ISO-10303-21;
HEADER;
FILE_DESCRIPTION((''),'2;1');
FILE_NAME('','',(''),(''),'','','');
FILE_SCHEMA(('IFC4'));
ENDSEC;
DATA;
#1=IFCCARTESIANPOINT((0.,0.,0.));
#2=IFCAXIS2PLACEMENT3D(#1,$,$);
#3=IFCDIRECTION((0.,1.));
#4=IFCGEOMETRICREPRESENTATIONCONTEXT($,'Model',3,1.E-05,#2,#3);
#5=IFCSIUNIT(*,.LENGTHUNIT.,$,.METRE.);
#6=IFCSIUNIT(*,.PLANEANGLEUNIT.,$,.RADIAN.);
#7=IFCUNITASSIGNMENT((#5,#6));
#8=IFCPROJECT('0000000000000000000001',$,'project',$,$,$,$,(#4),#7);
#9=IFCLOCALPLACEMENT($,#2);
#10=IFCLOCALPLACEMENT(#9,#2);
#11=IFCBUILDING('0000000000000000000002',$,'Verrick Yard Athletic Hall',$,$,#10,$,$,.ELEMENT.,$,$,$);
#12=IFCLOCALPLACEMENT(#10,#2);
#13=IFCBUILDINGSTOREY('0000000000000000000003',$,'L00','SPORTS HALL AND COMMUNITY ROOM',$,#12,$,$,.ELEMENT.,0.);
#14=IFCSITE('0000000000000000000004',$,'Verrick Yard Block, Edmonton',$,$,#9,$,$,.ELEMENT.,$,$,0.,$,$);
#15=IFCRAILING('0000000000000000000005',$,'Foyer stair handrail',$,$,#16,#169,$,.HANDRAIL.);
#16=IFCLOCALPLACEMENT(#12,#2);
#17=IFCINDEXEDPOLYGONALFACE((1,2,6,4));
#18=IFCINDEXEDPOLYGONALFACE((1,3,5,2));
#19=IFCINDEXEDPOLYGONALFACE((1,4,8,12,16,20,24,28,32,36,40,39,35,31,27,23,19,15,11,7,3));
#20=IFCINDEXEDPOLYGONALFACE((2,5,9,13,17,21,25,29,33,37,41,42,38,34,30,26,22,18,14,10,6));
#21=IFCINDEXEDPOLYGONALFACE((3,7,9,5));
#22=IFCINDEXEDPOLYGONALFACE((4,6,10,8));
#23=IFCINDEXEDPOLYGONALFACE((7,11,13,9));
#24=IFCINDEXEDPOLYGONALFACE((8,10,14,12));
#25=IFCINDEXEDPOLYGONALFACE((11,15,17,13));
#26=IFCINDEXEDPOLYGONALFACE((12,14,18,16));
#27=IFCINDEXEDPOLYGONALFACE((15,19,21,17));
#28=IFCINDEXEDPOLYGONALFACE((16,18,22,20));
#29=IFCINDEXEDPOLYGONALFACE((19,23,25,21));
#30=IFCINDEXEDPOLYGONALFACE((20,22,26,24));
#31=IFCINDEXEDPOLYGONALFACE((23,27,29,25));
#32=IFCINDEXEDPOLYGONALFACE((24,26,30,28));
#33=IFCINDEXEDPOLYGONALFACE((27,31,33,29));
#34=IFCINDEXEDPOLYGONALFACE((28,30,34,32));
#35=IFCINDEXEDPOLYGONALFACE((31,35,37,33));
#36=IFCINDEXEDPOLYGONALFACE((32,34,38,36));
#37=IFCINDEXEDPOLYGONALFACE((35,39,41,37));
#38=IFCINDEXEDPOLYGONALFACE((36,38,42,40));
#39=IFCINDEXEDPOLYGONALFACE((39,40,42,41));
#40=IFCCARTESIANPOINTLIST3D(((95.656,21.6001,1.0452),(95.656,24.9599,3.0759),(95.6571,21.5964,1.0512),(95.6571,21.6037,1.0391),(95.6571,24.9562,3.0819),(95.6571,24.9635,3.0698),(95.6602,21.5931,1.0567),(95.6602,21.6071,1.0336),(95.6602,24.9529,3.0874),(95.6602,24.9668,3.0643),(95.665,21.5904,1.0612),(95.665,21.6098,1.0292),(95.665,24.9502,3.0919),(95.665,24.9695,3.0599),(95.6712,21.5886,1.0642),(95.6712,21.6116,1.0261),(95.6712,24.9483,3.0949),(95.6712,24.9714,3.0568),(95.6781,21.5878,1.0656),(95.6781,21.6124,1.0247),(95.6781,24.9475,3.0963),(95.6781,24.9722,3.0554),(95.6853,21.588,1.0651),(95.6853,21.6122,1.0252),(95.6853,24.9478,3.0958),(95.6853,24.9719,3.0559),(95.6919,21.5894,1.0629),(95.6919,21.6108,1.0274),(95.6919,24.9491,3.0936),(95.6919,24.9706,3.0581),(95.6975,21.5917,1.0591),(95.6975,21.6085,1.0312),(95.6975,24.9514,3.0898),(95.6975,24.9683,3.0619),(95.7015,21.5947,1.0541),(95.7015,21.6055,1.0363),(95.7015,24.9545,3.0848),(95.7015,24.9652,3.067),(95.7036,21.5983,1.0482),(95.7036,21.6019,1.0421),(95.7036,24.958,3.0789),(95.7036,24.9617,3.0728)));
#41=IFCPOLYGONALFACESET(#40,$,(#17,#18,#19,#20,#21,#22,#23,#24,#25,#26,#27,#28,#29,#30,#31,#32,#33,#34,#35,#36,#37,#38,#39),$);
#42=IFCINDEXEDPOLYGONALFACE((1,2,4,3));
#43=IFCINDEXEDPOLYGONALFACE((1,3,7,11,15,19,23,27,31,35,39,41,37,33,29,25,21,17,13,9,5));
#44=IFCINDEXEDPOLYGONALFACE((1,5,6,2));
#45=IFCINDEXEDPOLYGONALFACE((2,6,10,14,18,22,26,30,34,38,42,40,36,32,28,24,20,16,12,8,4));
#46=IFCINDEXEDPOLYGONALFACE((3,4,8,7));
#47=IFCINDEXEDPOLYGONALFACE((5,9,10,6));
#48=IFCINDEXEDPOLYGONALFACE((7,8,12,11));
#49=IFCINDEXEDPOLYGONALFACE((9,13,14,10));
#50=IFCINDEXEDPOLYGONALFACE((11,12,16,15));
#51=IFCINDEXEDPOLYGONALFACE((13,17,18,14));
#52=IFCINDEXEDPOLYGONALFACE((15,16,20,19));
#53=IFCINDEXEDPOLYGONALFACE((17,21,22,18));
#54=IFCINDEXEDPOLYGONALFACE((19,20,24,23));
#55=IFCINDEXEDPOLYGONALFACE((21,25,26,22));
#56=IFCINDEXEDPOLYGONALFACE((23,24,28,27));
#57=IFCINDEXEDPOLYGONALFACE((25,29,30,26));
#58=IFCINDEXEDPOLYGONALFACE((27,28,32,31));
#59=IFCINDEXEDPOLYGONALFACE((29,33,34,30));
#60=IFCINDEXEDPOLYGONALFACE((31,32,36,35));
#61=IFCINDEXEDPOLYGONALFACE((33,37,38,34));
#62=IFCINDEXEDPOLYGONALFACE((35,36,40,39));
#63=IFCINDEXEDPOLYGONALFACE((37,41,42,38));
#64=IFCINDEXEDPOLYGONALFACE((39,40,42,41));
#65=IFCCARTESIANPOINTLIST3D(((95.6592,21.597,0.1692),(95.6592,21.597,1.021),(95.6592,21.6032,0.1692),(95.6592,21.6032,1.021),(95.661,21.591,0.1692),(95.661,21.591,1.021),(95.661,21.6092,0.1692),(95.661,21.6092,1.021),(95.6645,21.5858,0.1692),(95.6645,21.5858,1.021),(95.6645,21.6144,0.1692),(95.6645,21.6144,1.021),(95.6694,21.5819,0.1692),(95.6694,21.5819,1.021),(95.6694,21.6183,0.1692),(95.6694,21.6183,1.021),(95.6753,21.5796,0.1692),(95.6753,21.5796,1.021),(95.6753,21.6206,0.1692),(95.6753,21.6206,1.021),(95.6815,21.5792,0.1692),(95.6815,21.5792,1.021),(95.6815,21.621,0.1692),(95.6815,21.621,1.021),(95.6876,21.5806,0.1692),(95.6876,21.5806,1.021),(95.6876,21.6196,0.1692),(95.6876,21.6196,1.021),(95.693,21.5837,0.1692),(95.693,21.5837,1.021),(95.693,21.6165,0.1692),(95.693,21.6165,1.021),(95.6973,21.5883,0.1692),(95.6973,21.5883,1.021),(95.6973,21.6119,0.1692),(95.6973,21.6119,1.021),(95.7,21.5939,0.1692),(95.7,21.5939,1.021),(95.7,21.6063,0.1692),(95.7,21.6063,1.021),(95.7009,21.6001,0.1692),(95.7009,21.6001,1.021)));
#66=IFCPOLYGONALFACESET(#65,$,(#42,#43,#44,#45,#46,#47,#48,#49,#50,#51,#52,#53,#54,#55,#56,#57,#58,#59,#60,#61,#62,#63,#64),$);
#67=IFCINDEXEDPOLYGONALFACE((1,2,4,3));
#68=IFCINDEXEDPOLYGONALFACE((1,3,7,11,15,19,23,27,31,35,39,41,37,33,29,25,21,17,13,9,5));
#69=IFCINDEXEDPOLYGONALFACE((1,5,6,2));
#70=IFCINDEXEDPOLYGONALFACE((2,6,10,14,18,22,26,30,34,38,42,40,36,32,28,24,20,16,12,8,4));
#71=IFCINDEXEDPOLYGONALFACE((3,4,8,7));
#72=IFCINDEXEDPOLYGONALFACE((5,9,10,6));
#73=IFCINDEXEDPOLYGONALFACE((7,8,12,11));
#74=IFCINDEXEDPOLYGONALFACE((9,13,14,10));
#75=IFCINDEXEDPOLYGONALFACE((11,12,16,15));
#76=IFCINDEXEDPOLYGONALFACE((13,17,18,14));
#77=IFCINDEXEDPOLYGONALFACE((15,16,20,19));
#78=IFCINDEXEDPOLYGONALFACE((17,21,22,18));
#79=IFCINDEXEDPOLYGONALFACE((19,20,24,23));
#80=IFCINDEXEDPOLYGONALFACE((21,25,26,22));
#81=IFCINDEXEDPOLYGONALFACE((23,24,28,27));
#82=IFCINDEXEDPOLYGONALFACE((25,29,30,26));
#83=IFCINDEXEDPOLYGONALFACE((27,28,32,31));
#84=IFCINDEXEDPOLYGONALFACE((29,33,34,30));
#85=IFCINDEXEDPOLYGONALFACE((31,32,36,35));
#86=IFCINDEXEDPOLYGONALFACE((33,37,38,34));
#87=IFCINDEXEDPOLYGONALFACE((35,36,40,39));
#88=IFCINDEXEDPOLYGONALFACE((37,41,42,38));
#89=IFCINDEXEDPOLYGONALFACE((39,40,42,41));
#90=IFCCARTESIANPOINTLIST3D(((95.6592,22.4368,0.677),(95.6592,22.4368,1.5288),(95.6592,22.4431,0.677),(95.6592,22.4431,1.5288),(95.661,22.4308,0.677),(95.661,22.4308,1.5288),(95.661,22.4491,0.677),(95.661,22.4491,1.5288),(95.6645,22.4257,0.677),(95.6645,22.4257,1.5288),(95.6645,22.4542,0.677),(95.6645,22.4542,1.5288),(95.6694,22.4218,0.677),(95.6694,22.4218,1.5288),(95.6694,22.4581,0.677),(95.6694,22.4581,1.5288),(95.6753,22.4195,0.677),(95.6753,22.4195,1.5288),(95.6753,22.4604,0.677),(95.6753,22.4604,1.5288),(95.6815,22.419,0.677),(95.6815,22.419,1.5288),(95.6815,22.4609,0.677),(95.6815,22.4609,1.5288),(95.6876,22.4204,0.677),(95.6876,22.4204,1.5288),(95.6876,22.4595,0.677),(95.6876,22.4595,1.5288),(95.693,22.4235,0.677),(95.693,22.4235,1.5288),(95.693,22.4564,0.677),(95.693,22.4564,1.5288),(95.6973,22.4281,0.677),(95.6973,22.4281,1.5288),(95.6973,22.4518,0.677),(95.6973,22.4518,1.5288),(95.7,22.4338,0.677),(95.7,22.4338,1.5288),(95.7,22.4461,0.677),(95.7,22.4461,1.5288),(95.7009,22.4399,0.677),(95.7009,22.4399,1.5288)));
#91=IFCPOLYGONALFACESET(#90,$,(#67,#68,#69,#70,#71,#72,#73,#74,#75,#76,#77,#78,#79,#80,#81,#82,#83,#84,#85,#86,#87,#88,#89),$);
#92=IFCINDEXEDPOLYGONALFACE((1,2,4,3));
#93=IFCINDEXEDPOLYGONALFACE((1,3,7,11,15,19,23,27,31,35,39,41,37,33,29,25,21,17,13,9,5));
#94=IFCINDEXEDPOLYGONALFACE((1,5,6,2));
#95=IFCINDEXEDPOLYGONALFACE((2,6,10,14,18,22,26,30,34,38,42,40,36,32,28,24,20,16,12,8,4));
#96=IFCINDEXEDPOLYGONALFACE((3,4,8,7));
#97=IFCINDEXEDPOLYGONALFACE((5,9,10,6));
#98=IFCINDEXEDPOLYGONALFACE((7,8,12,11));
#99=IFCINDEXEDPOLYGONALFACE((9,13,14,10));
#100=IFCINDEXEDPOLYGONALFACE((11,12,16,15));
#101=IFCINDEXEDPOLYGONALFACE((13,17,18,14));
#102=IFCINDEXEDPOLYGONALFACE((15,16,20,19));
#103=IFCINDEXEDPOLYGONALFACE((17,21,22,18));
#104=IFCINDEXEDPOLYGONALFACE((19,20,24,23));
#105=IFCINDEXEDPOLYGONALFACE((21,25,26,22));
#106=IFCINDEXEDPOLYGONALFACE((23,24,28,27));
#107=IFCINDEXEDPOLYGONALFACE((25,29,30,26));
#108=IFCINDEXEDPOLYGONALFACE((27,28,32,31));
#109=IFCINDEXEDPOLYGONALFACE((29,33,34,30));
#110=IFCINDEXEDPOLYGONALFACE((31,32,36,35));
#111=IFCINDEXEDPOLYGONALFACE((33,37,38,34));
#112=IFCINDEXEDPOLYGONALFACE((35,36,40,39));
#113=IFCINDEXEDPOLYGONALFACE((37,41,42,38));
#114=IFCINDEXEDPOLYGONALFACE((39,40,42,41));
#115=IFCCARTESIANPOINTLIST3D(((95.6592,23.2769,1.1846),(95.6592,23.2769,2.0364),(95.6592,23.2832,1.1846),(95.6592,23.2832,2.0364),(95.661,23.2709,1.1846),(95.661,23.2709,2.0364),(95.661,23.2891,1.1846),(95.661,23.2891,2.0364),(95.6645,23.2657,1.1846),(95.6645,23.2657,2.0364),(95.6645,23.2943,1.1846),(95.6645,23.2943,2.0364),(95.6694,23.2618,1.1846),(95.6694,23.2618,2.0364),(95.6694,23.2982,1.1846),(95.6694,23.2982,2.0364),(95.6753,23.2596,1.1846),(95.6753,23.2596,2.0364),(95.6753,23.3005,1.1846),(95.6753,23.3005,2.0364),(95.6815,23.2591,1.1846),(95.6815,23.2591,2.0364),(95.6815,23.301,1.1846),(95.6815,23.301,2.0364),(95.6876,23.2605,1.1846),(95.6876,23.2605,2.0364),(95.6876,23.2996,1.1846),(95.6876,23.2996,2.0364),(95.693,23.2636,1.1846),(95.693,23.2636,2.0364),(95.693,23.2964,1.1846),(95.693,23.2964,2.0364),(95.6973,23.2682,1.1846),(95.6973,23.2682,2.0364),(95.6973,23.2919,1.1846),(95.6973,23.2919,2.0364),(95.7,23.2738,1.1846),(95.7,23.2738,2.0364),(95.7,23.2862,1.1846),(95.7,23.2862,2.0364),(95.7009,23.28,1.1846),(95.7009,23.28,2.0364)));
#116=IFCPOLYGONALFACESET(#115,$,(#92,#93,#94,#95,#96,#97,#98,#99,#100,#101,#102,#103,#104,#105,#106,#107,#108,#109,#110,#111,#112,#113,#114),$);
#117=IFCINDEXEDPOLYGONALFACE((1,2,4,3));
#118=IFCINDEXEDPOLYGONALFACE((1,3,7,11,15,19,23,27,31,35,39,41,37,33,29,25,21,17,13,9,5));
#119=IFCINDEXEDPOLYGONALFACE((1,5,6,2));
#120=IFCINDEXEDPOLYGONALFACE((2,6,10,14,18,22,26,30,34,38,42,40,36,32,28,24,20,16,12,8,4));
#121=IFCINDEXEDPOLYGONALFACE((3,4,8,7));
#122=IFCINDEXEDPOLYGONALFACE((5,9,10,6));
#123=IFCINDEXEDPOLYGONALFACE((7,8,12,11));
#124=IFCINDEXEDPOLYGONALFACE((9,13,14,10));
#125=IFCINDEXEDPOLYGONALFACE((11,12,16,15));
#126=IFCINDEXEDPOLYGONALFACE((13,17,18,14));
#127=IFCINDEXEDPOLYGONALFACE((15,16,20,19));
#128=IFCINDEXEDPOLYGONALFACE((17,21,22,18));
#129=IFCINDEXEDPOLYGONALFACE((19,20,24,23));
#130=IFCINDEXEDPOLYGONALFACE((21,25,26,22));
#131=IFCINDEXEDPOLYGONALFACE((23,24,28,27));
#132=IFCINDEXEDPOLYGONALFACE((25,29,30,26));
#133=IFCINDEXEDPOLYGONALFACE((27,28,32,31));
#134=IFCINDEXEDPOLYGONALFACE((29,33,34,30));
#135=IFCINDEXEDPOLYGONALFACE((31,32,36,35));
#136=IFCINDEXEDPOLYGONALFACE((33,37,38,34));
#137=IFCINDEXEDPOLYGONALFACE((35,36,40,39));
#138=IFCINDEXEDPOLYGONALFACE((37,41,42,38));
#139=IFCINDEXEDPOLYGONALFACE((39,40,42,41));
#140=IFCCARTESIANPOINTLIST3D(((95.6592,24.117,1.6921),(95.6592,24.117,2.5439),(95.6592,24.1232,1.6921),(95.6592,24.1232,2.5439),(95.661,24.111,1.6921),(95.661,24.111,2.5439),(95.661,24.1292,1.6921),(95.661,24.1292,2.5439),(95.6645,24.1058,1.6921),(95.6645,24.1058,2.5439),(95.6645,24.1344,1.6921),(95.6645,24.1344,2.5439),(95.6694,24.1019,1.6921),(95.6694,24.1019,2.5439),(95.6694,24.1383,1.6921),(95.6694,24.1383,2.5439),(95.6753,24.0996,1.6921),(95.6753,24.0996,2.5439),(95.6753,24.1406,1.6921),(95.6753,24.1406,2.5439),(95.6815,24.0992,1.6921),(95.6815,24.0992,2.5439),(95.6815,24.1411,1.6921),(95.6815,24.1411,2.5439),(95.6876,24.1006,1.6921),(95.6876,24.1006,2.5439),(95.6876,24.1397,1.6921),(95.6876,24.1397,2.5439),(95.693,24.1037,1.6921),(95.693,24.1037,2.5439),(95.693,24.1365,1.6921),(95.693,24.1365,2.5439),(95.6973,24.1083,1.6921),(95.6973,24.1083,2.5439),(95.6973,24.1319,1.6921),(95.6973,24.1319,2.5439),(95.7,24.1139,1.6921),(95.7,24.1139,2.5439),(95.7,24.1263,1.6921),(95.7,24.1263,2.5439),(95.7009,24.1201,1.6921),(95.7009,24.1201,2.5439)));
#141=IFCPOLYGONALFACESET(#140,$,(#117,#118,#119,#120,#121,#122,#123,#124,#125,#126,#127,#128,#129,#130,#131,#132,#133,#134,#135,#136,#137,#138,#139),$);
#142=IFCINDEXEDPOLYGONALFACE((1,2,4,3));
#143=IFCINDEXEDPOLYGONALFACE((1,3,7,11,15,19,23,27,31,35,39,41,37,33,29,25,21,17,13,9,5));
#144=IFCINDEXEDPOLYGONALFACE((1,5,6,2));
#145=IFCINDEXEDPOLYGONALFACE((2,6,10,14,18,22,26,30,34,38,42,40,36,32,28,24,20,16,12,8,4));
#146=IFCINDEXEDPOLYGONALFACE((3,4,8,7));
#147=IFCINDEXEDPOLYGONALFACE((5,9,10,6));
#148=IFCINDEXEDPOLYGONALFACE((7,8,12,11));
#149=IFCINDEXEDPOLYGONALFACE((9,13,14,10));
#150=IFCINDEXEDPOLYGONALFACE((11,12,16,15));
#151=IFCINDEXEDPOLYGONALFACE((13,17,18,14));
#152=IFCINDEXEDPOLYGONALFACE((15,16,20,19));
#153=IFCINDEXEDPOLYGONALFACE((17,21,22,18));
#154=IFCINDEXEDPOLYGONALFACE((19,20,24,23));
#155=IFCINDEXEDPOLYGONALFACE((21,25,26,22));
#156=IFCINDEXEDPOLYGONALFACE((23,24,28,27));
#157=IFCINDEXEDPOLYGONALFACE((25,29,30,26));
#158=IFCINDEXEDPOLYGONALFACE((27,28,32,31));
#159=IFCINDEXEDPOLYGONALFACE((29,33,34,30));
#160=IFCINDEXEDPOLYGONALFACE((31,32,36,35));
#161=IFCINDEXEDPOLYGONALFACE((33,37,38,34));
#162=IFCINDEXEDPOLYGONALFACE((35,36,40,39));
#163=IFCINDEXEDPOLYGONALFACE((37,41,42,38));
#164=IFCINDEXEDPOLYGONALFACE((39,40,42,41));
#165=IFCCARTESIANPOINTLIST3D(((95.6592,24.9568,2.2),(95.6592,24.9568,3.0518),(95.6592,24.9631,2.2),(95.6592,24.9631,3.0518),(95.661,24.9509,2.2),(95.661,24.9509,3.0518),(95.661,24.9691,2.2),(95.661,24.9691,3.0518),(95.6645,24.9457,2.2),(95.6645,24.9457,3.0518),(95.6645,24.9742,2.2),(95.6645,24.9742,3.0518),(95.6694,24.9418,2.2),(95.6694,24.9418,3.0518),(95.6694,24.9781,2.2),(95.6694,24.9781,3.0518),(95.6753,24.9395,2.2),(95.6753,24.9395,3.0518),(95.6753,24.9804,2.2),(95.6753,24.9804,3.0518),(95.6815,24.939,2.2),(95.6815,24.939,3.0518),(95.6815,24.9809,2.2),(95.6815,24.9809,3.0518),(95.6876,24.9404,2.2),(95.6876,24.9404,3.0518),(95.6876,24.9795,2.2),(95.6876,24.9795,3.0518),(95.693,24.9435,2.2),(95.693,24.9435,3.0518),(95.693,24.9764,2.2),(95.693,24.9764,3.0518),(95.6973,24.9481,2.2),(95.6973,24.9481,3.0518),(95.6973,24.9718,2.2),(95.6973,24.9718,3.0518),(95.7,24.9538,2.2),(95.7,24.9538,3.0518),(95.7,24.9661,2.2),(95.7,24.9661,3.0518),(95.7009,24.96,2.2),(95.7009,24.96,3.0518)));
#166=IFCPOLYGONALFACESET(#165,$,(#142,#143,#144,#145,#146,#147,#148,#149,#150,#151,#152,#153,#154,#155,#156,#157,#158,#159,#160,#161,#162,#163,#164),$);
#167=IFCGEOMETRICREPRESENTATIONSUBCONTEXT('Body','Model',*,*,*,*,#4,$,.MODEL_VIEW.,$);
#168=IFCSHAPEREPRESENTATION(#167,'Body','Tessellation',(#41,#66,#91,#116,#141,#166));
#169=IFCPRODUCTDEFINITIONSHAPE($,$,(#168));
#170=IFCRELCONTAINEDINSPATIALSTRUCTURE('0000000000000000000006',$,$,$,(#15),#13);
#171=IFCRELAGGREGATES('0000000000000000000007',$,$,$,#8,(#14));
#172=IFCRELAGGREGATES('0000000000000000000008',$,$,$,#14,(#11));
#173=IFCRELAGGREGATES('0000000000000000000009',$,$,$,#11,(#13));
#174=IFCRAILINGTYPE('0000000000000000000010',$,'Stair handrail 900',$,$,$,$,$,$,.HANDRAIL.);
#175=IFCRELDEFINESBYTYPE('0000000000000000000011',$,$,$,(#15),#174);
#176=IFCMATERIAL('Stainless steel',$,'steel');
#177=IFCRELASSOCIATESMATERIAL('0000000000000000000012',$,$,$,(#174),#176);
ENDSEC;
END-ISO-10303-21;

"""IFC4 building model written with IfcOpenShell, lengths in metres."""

from ifc_helpers import new_model, si_unit, direction, frame, origin, origin_2d, place, context, subcontext, project, spatial, circle, extrude, material, type_object, element, save


model = new_model("IFC4")

# Units and contexts
model_context = context("Model", 3, precision=1e-05, world=origin(), true_north=direction((0.0, 1.0)))
body_context = subcontext(model_context, "Body", "Model", "MODEL_VIEW")
ifc_project = project(units=[si_unit("LENGTHUNIT", "METRE"), si_unit("PLANEANGLEUNIT", "RADIAN")], contexts=[model_context])

# Site, building, storey
site_placement = place(None, origin())
site = spatial("IfcSite", under=ifc_project, at=site_placement, Name="Verrick Yard Block, Edmonton", CompositionType="ELEMENT", RefElevation=0.0)
building_placement = place(site_placement, origin())
building = spatial("IfcBuilding", under=site, at=building_placement, Name="Verrick Yard Athletic Hall", CompositionType="ELEMENT")
storey_placement = place(building_placement, origin())
storey = spatial("IfcBuildingStorey", under=building, at=storey_placement, Name="L00", Description="SPORTS HALL AND COMMUNITY ROOM", CompositionType="ELEMENT", Elevation=0.0)

# Railing
ifc_material_1 = material(Name="Stainless steel", Category="steel")
railing_type_1 = type_object("IfcRailingType", Name="Stair handrail 900", PredefinedType="HANDRAIL", material=ifc_material_1)
for number, where, name in (
    (1, (95.6799, 21.6001, 0.1692), "Foyer stair handrail"),
):
    element("IfcRailing", number, at=place(storey_placement, frame(where)), inside=storey, type_object=railing_type_1, Name=name, PredefinedType="HANDRAIL", context=body_context, shape_type="SweptSolid", body=[
        extrude(circle(Radius=0.0239, at=origin_2d()), frame((0.0, 0.0, 0.876), z_axis=(0.0, 0.85582, 0.517273), x_axis=(-1.0, 0.0, 0.0)), (0.0, 0.0, 1.0), 3.9258),
        extrude(circle(Radius=0.021, at=origin_2d()), origin(), (0.0, 0.0, 1.0), 0.8518),
        extrude(circle(Radius=0.021, at=origin_2d()), frame((0.0, 0.8398, 0.5078)), (0.0, 0.0, 1.0), 0.8518),
        extrude(circle(Radius=0.021, at=origin_2d()), frame((0.0, 1.6799, 1.0154)), (0.0, 0.0, 1.0), 0.8518),
        extrude(circle(Radius=0.021, at=origin_2d()), frame((0.0, 2.52, 1.5229)), (0.0, 0.0, 1.0), 0.8518),
        extrude(circle(Radius=0.021, at=origin_2d()), frame((0.0, 3.3599, 2.0308)), (0.0, 0.0, 1.0), 0.8518),
    ])

save(model, "model.ifc")
